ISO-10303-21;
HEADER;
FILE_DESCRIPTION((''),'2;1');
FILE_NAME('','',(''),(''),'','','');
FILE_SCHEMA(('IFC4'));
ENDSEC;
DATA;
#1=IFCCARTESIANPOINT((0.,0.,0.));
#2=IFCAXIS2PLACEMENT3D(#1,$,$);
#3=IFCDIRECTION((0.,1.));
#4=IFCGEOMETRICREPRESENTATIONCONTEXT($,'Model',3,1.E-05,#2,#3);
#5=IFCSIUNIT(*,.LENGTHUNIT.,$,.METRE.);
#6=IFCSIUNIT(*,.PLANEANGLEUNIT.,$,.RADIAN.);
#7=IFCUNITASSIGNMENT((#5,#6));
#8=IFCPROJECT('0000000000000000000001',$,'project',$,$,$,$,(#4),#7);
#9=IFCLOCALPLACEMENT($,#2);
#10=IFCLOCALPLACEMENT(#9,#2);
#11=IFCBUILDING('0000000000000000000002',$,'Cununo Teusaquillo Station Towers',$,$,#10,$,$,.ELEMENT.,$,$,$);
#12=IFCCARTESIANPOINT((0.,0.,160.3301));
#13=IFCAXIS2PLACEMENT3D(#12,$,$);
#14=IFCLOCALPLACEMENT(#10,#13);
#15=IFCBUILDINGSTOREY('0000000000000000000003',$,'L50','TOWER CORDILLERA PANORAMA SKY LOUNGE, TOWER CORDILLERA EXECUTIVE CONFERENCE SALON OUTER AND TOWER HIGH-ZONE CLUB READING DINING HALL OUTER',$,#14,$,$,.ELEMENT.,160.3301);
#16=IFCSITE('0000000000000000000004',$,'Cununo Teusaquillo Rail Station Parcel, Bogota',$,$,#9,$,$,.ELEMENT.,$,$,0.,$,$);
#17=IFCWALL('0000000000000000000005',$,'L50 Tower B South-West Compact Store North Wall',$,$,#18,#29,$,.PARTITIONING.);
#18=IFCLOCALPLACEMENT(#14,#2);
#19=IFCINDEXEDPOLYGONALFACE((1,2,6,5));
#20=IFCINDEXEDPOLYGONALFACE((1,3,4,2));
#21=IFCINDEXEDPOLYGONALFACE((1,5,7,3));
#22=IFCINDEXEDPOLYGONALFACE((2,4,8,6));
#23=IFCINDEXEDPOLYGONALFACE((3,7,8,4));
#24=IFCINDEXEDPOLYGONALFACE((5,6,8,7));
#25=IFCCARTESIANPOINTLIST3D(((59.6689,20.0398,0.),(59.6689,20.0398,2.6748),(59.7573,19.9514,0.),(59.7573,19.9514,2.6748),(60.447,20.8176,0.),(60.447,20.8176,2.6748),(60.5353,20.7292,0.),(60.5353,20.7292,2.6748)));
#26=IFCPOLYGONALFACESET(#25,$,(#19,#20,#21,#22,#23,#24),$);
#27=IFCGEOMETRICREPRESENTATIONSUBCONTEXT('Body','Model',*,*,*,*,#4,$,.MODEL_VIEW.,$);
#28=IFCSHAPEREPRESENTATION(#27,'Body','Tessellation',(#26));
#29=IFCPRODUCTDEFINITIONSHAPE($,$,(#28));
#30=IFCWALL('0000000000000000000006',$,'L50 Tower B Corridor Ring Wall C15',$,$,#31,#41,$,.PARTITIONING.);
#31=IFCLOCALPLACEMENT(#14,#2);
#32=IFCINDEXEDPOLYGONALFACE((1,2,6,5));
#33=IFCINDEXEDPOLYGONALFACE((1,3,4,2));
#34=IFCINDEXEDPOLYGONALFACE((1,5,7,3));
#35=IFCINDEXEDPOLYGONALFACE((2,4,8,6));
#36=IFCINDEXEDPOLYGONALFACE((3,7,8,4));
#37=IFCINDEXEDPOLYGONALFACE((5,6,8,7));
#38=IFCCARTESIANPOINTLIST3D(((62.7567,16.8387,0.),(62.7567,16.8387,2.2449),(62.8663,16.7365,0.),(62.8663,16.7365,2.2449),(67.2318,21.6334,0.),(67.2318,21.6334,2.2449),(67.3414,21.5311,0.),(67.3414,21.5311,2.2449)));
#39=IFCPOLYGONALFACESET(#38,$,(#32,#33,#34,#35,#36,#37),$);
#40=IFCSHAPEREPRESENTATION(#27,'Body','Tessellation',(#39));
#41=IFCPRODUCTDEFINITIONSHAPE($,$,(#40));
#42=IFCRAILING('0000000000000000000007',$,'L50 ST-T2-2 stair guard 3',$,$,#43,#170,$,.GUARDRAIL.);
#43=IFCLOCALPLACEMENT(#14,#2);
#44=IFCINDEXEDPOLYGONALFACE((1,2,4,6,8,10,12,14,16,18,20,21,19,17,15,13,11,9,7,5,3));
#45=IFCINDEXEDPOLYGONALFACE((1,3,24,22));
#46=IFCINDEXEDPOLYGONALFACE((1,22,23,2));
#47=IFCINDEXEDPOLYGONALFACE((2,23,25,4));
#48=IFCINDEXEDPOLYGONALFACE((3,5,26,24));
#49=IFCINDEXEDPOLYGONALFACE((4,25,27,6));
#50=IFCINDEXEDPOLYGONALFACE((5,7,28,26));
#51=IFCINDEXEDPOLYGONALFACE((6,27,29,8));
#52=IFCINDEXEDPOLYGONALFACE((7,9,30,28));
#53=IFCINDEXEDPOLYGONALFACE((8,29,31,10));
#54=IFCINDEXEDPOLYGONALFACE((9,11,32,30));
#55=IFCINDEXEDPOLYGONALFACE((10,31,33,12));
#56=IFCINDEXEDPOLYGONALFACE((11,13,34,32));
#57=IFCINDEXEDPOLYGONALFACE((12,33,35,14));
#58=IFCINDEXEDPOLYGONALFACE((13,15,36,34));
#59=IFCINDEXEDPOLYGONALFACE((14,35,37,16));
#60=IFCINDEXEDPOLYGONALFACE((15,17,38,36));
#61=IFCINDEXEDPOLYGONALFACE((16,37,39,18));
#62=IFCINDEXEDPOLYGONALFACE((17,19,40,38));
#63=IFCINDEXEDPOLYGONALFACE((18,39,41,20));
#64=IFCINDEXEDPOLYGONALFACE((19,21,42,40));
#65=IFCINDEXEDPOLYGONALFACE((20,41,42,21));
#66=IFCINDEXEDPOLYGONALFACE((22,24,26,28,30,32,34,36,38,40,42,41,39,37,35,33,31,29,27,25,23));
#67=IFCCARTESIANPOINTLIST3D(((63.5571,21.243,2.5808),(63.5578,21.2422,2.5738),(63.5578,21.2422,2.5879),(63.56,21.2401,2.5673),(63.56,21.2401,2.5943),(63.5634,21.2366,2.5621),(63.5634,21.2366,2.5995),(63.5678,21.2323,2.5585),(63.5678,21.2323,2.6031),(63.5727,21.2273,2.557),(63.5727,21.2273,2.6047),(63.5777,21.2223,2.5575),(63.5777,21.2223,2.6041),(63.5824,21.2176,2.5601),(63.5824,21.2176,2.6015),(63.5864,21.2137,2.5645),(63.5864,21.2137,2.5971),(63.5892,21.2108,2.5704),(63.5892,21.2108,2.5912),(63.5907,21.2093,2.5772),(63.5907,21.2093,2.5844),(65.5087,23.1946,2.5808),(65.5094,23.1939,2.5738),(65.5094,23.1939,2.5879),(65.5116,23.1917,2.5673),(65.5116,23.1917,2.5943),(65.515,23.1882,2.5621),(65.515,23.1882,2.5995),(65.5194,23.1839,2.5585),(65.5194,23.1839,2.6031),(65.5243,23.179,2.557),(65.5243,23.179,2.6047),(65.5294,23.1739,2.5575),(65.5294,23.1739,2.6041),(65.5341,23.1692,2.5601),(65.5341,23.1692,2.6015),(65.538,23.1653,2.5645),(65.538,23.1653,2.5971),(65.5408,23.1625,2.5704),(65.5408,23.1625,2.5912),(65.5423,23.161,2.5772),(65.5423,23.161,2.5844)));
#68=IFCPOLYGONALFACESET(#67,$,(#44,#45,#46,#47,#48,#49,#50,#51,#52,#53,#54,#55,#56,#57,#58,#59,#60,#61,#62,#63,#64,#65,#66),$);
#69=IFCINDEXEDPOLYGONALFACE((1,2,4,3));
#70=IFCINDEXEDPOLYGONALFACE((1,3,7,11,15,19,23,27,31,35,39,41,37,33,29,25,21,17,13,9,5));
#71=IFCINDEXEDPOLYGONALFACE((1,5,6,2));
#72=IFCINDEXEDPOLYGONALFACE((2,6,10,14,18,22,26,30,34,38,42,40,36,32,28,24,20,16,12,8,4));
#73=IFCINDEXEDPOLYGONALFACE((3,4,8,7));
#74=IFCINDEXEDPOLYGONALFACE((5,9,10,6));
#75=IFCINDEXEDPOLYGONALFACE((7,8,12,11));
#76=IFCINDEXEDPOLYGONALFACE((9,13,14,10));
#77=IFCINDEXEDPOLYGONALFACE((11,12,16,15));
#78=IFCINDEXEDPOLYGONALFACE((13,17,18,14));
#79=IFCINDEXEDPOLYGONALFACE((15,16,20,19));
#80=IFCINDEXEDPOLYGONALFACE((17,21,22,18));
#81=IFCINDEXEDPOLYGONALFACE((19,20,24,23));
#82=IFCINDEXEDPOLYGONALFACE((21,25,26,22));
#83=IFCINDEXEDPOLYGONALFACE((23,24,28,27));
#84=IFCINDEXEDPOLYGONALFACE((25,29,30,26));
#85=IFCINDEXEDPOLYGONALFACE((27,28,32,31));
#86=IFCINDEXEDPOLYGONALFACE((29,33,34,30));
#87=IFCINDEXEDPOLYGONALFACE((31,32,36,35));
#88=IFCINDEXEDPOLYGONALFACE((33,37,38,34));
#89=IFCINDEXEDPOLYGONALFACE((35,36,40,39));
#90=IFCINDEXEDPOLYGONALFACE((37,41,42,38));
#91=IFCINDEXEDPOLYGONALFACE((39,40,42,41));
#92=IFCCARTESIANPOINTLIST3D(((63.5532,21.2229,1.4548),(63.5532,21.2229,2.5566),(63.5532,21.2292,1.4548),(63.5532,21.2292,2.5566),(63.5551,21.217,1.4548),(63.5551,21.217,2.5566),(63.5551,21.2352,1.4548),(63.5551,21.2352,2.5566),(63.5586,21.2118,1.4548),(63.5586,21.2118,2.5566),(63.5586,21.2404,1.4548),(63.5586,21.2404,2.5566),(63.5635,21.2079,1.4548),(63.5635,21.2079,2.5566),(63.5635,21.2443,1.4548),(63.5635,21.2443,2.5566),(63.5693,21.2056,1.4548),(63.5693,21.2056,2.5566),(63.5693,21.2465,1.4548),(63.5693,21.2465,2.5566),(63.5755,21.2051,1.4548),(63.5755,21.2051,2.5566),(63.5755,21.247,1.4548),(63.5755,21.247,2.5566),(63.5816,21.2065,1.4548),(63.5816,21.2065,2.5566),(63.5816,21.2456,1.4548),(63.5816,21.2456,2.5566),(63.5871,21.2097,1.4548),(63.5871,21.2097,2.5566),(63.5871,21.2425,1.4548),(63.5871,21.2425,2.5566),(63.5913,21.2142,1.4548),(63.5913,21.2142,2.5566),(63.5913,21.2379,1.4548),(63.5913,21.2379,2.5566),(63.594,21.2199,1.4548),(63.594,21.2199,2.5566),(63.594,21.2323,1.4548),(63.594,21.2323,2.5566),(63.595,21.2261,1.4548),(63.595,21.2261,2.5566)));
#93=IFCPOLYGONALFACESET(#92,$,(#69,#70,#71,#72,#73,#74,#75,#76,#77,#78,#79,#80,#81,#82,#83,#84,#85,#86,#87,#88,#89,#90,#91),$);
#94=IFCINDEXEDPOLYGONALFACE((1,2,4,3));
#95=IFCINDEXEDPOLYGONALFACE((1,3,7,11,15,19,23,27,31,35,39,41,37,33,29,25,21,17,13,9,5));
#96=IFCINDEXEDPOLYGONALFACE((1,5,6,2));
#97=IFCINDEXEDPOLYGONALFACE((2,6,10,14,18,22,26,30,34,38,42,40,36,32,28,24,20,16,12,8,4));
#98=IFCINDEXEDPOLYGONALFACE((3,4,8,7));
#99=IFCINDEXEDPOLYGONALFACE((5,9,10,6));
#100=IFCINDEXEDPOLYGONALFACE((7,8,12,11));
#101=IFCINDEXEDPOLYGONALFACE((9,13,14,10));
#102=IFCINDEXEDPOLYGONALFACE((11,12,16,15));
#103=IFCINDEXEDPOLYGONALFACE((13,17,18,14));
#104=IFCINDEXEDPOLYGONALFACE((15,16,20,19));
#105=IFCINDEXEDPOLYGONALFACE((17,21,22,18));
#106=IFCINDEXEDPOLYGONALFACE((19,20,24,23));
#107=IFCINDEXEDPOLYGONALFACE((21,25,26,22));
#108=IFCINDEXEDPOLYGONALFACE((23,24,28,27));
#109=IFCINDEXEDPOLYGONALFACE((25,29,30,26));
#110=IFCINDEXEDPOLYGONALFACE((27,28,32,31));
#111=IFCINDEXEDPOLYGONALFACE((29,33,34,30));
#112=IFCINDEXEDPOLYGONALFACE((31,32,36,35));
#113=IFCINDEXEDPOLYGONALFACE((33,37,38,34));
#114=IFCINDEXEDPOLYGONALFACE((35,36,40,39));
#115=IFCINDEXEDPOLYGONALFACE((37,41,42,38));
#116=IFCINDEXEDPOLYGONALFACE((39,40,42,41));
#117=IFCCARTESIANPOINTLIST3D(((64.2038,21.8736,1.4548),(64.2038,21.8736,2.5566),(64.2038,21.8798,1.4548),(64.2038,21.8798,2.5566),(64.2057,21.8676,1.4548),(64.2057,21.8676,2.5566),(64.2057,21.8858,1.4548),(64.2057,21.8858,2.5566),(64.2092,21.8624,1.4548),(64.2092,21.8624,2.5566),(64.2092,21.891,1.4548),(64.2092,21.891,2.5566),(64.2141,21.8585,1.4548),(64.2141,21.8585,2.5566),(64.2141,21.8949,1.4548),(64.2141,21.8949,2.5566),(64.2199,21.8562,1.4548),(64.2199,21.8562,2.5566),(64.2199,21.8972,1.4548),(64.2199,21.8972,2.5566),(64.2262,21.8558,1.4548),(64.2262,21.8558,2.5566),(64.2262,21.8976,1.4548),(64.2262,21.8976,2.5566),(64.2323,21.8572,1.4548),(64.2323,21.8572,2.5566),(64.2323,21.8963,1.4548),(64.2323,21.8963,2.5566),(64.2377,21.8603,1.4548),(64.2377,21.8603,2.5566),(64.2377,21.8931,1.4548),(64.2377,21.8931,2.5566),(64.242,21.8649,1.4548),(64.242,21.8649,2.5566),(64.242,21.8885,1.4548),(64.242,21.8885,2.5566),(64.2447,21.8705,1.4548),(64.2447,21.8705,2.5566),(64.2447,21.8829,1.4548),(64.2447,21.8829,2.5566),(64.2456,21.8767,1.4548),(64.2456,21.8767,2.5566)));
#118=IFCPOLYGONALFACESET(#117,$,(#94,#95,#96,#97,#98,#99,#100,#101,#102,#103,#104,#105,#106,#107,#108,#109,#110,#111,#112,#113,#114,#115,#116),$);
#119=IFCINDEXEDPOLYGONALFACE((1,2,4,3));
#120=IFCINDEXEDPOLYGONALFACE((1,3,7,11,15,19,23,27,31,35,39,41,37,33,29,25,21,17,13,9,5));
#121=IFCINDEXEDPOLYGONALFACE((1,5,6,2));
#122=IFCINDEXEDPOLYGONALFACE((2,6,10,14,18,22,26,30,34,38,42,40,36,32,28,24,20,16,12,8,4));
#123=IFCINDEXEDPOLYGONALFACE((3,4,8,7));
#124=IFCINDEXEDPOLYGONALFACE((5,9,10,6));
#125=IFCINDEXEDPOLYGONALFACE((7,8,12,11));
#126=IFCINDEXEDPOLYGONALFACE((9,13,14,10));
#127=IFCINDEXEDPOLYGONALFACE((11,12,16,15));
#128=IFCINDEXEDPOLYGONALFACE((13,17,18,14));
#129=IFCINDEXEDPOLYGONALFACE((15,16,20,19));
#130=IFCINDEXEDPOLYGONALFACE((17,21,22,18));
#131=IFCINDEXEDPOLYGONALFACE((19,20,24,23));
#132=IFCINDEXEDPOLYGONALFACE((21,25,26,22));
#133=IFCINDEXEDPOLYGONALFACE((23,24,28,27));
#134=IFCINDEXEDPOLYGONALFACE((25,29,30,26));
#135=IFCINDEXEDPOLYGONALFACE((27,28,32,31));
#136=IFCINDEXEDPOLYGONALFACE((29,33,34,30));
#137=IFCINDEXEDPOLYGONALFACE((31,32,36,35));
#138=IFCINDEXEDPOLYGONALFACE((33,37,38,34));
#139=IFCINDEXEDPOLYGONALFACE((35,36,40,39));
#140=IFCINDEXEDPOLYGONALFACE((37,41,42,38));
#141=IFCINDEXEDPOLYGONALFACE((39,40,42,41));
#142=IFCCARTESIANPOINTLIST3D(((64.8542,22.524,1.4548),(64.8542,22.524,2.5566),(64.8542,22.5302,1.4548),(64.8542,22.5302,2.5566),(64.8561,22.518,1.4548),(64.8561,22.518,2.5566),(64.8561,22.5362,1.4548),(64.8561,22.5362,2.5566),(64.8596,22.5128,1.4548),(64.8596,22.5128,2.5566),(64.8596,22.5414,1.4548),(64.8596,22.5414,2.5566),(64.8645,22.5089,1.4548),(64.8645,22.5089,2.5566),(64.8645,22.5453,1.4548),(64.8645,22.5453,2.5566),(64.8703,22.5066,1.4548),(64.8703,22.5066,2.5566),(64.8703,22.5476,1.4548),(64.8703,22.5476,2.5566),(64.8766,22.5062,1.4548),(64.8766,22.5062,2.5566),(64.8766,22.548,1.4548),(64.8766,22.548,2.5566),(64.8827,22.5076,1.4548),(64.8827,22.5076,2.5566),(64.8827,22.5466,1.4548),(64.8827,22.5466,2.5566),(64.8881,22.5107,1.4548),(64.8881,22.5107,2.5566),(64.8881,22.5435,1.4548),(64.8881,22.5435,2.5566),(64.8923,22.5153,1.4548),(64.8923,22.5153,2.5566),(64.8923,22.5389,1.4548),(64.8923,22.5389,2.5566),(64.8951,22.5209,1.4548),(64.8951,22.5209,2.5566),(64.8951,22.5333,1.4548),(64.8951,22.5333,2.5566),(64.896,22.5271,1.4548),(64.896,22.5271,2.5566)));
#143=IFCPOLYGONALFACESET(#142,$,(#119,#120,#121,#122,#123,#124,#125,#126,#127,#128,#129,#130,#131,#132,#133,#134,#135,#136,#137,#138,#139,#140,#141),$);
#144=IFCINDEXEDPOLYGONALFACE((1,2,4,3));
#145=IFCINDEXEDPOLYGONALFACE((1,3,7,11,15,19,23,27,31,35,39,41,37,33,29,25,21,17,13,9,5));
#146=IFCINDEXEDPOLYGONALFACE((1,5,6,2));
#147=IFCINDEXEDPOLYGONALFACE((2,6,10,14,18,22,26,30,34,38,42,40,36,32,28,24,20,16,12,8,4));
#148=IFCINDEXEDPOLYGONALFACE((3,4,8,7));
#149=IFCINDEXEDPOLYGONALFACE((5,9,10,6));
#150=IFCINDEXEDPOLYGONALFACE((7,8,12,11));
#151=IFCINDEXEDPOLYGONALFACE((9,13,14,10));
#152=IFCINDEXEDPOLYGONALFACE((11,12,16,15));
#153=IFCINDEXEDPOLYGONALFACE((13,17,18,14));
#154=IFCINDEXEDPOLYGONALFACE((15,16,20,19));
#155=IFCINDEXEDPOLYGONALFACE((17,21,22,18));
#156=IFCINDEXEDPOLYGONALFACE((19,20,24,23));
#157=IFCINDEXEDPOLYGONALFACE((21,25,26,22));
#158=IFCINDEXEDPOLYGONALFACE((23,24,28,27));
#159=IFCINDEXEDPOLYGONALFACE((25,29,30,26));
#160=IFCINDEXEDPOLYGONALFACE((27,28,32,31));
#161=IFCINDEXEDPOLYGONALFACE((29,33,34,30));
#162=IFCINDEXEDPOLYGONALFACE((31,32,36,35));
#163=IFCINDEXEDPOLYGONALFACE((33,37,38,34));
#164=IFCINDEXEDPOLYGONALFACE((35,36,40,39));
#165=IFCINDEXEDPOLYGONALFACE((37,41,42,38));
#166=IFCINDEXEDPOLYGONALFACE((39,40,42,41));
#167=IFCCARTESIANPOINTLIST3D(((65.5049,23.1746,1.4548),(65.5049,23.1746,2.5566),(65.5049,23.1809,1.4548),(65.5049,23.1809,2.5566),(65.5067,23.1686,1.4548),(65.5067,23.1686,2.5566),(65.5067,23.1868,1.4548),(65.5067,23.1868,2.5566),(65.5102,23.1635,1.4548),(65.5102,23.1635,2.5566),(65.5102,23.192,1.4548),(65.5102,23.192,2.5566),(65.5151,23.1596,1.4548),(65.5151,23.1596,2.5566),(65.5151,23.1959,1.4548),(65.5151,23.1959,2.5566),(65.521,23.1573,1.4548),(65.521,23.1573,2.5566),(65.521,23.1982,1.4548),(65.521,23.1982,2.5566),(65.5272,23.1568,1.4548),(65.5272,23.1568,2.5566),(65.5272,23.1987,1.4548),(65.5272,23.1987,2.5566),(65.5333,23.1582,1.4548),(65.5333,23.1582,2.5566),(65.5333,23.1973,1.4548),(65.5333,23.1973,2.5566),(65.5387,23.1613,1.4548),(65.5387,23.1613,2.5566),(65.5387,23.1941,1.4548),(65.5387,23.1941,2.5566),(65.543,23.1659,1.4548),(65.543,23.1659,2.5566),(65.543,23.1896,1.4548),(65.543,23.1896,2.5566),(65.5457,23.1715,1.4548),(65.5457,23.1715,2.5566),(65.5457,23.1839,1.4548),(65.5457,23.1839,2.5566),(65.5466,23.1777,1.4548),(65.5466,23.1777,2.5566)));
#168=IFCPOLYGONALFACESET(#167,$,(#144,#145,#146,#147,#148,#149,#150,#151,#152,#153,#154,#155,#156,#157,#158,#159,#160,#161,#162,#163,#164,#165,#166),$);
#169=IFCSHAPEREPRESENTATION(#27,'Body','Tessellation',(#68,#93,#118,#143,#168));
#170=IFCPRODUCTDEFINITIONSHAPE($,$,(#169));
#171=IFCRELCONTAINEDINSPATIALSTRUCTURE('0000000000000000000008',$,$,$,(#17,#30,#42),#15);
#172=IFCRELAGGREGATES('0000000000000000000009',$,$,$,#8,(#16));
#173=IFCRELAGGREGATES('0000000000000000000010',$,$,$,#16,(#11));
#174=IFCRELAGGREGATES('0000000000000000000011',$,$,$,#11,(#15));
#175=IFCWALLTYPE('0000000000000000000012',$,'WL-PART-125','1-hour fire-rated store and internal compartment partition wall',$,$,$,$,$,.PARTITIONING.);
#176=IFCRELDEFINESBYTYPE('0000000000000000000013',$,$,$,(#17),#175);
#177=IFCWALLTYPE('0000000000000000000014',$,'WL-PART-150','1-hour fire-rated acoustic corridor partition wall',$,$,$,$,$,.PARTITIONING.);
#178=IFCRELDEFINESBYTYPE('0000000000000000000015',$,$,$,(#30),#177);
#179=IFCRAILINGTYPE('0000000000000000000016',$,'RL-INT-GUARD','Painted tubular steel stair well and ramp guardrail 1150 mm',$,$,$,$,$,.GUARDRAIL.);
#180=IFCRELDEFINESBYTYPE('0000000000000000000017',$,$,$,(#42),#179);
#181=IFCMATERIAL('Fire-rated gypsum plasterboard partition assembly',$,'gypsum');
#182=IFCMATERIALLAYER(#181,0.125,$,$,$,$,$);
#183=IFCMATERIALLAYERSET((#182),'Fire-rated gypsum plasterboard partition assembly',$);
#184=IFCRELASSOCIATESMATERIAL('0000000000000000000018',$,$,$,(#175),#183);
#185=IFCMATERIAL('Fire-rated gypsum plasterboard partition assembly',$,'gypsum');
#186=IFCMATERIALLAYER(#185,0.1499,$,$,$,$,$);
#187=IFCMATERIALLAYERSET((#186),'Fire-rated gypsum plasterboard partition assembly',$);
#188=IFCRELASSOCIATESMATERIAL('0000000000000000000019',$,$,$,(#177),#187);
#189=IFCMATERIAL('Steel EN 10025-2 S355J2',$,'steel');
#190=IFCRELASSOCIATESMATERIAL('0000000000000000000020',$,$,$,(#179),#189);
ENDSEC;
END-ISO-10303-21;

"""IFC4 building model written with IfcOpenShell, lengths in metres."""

from ifc_helpers import new_model, si_unit, direction, frame, frame_2d, origin, origin_2d, place, context, subcontext, project, spatial, rectangle, circle, extrude, material, layer, layer_set, type_object, element, save


model = new_model("IFC4")

# Units and contexts
model_context = context("Model", 3, precision=1e-05, world=origin(), true_north=direction((0.0, 1.0)))
body_context = subcontext(model_context, "Body", "Model", "MODEL_VIEW")
ifc_project = project(units=[si_unit("LENGTHUNIT", "METRE"), si_unit("PLANEANGLEUNIT", "RADIAN")], contexts=[model_context])

# Site, building, storey
site_placement = place(None, origin())
site = spatial("IfcSite", under=ifc_project, at=site_placement, Name="Cununo Teusaquillo Rail Station Parcel, Bogota", CompositionType="ELEMENT", RefElevation=0.0)
building_placement = place(site_placement, origin())
building = spatial("IfcBuilding", under=site, at=building_placement, Name="Cununo Teusaquillo Station Towers", CompositionType="ELEMENT")
storey_placement = place(building_placement, frame((0.0, 0.0, 160.3301)))
storey = spatial("IfcBuildingStorey", under=building, at=storey_placement, Name="L50", Description="TOWER CORDILLERA PANORAMA SKY LOUNGE, TOWER CORDILLERA EXECUTIVE CONFERENCE SALON OUTER AND TOWER HIGH-ZONE CLUB READING DINING HALL OUTER", CompositionType="ELEMENT", Elevation=160.3301)

# Shared definitions
ifc_material_1 = material(Name="Fire-rated gypsum plasterboard partition assembly", Category="gypsum")
ifc_layer_1 = layer(ifc_material_1, 0.125)
ifc_layer_set_1 = layer_set([ifc_layer_1], Name="Fire-rated gypsum plasterboard partition assembly")
wall_type_1 = type_object("IfcWallType", Name="WL-PART-125", Description="1-hour fire-rated store and internal compartment partition wall", PredefinedType="PARTITIONING", material=ifc_layer_set_1)

# Walls
wall_1_placement = place(storey_placement, frame((59.7131, 19.9956, 0.0), z_axis=(0.0, 0.0, 1.0), x_axis=(0.707218, 0.706996, 0.0)))
element("IfcWall", 1, at=wall_1_placement, inside=storey, type_object=wall_type_1, Name="L50 Tower B South-West Compact Store North Wall", PredefinedType="PARTITIONING", context=body_context, shape_type="SweptSolid", body=[
    extrude(rectangle(XDim=1.1001, YDim=0.125, at=frame_2d((0.55, 0.0))), origin(), (0.0, 0.0, 1.0), 2.6748),
])
ifc_material_2 = material(Name="Fire-rated gypsum plasterboard partition assembly", Category="gypsum")
ifc_layer_2 = layer(ifc_material_2, 0.1499)
ifc_layer_set_2 = layer_set([ifc_layer_2], Name="Fire-rated gypsum plasterboard partition assembly")
wall_type_2 = type_object("IfcWallType", Name="WL-PART-150", Description="1-hour fire-rated acoustic corridor partition wall", PredefinedType="PARTITIONING", material=ifc_layer_set_2)
wall_2_placement = place(storey_placement, frame((62.8115, 16.7876, 0.0), z_axis=(0.0, 0.0, 1.0), x_axis=(0.682324, 0.73105, 0.0)))
element("IfcWall", 2, at=wall_2_placement, inside=storey, type_object=wall_type_2, Name="L50 Tower B Corridor Ring Wall C15", PredefinedType="PARTITIONING", context=body_context, shape_type="SweptSolid", body=[
    extrude(rectangle(XDim=6.5586, YDim=0.1499, at=frame_2d((3.2793, 0.0))), origin(), (0.0, 0.0, 1.0), 2.2449),
])

# Railing
ifc_material_3 = material(Name="Steel EN 10025-2 S355J2", Category="steel")
railing_type = type_object("IfcRailingType", Name="RL-INT-GUARD", Description="Painted tubular steel stair well and ramp guardrail 1150 mm", PredefinedType="GUARDRAIL", material=ifc_material_3)
railing_1_placement = place(storey_placement, frame((63.574, 21.2261, 1.4548)))
element("IfcRailing", 3, at=railing_1_placement, inside=storey, type_object=railing_type, Name="L50 ST-T2-2 stair guard 3", PredefinedType="GUARDRAIL", context=body_context, shape_type="SweptSolid", body=[
    extrude(circle(Radius=0.0239, at=origin_2d()), frame((0.0, 0.0, 1.126), z_axis=(0.707107, 0.707107, 0.0), x_axis=(-0.707107, 0.707107, 0.0)), (0.0, 0.0, 1.0), 2.76),
    extrude(circle(Radius=0.021, at=origin_2d()), origin(), (0.0, 0.0, 1.0), 1.1018),
    extrude(circle(Radius=0.021, at=origin_2d()), frame((0.6506, 0.6506, 0.0)), (0.0, 0.0, 1.0), 1.1018),
    extrude(circle(Radius=0.021, at=origin_2d()), frame((1.301, 1.301, 0.0)), (0.0, 0.0, 1.0), 1.1018),
    extrude(circle(Radius=0.021, at=origin_2d()), frame((1.9517, 1.9517, 0.0)), (0.0, 0.0, 1.0), 1.1018),
])

save(model, "model.ifc")
